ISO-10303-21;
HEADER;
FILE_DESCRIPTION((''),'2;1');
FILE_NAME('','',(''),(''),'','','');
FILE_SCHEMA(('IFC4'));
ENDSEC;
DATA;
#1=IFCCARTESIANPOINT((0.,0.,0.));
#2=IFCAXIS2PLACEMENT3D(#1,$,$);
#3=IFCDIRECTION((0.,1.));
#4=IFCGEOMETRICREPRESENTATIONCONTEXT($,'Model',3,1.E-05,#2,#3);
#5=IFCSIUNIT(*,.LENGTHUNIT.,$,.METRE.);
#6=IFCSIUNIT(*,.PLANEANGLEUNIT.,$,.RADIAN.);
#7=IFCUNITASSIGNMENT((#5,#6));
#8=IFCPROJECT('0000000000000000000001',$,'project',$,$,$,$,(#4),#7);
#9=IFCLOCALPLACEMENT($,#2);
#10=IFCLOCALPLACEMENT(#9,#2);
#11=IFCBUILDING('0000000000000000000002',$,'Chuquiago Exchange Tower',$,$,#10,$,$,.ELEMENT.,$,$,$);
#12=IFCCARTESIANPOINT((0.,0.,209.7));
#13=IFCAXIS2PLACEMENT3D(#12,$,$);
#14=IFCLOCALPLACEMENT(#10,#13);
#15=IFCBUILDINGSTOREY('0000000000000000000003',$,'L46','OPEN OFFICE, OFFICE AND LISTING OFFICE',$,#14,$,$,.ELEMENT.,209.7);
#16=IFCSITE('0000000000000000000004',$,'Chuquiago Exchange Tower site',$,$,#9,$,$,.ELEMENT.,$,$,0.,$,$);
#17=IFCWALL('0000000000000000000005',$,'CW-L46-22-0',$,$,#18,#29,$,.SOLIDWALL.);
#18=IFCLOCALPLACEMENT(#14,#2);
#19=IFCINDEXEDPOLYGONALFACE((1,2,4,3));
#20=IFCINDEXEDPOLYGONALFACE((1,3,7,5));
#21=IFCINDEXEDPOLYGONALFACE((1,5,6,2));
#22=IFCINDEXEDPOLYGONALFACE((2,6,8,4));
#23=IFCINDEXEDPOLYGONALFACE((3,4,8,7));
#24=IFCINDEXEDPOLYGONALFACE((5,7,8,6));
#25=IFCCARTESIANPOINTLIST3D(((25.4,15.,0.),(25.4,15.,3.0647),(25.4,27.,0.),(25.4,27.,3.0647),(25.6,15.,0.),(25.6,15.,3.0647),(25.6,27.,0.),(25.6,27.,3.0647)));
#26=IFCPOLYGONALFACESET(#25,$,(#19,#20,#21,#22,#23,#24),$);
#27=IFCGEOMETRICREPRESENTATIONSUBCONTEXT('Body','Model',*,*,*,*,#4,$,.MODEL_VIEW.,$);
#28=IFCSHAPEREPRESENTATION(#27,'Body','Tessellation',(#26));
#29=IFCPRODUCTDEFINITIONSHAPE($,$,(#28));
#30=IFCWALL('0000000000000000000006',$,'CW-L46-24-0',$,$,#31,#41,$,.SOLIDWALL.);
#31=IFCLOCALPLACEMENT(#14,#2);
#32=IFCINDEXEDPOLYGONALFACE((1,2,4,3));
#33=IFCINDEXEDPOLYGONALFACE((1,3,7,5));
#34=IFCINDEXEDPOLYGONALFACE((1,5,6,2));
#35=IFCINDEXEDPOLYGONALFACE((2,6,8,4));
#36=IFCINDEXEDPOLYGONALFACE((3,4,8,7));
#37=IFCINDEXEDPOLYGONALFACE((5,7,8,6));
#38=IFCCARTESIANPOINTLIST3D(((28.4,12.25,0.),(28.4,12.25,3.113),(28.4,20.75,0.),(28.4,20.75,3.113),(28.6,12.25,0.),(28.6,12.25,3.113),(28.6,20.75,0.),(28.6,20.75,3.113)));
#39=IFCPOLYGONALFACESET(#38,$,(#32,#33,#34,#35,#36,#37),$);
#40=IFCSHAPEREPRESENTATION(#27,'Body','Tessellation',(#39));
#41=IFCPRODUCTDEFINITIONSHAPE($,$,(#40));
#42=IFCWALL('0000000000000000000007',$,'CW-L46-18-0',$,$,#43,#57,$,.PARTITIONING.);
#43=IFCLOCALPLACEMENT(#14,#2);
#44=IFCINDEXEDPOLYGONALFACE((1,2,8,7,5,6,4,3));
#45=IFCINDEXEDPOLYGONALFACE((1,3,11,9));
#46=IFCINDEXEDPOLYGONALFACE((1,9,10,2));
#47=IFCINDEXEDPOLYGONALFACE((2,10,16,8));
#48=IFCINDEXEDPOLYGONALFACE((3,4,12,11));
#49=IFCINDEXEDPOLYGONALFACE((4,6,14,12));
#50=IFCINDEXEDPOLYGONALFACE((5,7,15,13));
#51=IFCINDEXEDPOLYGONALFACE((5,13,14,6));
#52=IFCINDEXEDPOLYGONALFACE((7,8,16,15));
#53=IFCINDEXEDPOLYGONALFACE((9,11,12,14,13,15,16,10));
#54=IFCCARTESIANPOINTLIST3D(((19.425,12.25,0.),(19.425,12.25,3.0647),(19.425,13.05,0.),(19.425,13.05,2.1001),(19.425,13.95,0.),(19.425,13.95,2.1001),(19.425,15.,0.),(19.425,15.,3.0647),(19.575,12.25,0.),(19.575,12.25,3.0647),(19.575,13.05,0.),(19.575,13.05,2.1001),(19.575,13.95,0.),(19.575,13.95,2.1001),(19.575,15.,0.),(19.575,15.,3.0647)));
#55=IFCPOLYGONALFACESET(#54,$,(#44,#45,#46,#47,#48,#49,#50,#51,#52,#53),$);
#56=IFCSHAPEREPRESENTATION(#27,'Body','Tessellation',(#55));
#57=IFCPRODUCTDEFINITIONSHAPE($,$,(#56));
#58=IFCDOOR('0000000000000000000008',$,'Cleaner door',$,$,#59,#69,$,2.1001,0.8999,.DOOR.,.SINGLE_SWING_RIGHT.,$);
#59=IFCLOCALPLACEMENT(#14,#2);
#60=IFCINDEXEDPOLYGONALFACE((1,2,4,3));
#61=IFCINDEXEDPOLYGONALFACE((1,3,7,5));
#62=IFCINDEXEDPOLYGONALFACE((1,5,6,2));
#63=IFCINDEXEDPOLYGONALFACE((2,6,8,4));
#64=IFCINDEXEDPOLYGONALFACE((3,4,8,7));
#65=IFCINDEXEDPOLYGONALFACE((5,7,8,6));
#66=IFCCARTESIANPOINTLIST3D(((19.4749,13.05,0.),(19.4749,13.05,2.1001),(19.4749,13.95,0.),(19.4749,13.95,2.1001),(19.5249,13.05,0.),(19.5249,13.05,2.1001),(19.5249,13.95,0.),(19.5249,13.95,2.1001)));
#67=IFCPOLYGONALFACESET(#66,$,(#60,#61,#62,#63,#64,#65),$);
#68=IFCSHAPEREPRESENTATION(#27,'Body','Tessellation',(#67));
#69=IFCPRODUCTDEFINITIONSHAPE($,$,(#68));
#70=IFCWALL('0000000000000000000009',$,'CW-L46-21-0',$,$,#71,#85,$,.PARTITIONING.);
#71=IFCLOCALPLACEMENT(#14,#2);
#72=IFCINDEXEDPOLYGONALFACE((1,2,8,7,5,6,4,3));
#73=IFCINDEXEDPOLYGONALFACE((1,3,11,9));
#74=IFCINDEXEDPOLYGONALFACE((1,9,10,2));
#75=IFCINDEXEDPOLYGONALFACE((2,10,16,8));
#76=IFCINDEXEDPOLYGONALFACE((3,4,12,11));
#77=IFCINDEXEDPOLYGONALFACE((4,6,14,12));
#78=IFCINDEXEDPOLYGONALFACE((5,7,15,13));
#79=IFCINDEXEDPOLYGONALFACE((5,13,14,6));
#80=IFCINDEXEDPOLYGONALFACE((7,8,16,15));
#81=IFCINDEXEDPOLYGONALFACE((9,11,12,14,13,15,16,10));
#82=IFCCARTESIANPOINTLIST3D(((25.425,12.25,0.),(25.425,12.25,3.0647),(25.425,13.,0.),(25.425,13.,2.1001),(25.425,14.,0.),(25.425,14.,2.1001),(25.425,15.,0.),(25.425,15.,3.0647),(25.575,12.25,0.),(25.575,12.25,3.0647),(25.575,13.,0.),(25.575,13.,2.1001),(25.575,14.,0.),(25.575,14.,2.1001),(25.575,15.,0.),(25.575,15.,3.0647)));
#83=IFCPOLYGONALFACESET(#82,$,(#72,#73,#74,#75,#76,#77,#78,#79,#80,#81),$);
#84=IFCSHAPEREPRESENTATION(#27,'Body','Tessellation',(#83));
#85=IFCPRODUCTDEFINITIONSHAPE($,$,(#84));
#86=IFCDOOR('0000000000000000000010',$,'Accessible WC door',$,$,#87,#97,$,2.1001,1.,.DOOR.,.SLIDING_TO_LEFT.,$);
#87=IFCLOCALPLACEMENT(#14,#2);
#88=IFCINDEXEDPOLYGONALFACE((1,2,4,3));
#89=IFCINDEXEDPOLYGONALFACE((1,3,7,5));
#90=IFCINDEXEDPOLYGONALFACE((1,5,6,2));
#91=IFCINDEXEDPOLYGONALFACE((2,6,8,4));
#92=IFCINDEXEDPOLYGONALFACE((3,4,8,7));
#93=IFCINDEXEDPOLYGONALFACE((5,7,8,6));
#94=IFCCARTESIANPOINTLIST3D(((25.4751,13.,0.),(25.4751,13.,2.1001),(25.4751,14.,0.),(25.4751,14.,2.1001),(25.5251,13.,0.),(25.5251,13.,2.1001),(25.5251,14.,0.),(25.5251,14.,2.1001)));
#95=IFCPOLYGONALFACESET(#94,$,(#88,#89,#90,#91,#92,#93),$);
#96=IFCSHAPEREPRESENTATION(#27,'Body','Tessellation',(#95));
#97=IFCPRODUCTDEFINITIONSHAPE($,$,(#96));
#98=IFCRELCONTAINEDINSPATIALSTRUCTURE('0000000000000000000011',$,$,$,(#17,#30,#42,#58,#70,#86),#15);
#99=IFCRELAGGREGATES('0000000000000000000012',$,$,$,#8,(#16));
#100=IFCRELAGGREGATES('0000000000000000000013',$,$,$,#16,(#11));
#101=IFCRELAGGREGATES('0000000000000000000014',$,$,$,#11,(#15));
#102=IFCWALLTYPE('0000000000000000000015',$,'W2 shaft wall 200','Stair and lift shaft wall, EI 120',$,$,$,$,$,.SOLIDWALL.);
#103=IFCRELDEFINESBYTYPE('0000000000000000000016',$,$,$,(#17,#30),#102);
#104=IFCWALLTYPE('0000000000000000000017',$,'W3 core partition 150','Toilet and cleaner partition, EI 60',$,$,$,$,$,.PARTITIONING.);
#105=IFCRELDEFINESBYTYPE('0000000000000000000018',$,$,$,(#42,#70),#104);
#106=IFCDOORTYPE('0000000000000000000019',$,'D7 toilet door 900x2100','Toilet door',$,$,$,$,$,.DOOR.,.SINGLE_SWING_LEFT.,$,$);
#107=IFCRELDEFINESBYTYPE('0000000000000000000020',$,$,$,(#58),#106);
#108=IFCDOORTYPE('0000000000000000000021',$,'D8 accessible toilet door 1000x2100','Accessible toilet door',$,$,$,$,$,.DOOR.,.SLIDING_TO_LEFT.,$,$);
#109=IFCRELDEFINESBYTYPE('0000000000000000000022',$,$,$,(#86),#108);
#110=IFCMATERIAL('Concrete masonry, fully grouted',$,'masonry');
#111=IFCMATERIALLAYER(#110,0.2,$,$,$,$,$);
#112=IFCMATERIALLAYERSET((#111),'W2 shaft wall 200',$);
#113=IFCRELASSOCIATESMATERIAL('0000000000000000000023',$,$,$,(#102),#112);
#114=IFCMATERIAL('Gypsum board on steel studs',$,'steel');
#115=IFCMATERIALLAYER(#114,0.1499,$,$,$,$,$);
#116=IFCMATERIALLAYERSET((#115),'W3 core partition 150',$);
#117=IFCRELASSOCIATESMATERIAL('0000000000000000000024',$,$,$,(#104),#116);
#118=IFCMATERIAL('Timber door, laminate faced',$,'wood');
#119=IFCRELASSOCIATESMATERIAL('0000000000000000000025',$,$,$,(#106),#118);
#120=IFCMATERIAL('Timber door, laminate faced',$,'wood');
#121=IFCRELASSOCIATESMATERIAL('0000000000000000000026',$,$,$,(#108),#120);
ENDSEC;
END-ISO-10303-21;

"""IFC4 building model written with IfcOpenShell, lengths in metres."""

from ifc_helpers import new_model, si_unit, direction, frame, frame_2d, origin, place, context, subcontext, project, spatial, rectangle, extrude, material, layer, layer_set, type_object, element, fill, save


model = new_model("IFC4")

# Units and contexts
model_context = context("Model", 3, precision=1e-05, world=origin(), true_north=direction((0.0, 1.0)))
body_context = subcontext(model_context, "Body", "Model", "MODEL_VIEW")
ifc_project = project(units=[si_unit("LENGTHUNIT", "METRE"), si_unit("PLANEANGLEUNIT", "RADIAN")], contexts=[model_context])

# Site, building, storey
site_placement = place(None, origin())
site = spatial("IfcSite", under=ifc_project, at=site_placement, Name="Chuquiago Exchange Tower site", CompositionType="ELEMENT", RefElevation=0.0)
building_placement = place(site_placement, origin())
building = spatial("IfcBuilding", under=site, at=building_placement, Name="Chuquiago Exchange Tower", CompositionType="ELEMENT")
storey_placement = place(building_placement, frame((0.0, 0.0, 209.7)))
storey = spatial("IfcBuildingStorey", under=building, at=storey_placement, Name="L46", Description="OPEN OFFICE, OFFICE AND LISTING OFFICE", CompositionType="ELEMENT", Elevation=209.7)

# Shared definitions
ifc_material_1 = material(Name="Concrete masonry, fully grouted", Category="masonry")
ifc_layer_1 = layer(ifc_material_1, 0.2)
ifc_layer_set_1 = layer_set([ifc_layer_1], Name="W2 shaft wall 200")
wall_type_1 = type_object("IfcWallType", Name="W2 shaft wall 200", Description="Stair and lift shaft wall, EI 120", PredefinedType="SOLIDWALL", material=ifc_layer_set_1)

# Walls
wall_1_placement = place(storey_placement, frame((25.5, 15.0, 0.0), z_axis=(0.0, 0.0, 1.0), x_axis=(0.0, 1.0, 0.0)))
element("IfcWall", 1, at=wall_1_placement, inside=storey, type_object=wall_type_1, Name="CW-L46-22-0", PredefinedType="SOLIDWALL", context=body_context, shape_type="SweptSolid", body=[
    extrude(rectangle(XDim=12.0, YDim=0.2, at=frame_2d((6.0, 0.0))), origin(), (0.0, 0.0, 1.0), 3.0647),
])
wall_2_placement = place(storey_placement, frame((28.5, 12.25, 0.0), z_axis=(0.0, 0.0, 1.0), x_axis=(0.0, 1.0, 0.0)))
element("IfcWall", 2, at=wall_2_placement, inside=storey, type_object=wall_type_1, Name="CW-L46-24-0", PredefinedType="SOLIDWALL", context=body_context, shape_type="SweptSolid", body=[
    extrude(rectangle(XDim=8.5, YDim=0.2, at=frame_2d((4.25, 0.0))), origin(), (0.0, 0.0, 1.0), 3.113),
])

# Walls, openings, doors
ifc_material_2 = material(Name="Gypsum board on steel studs", Category="steel")
ifc_layer_2 = layer(ifc_material_2, 0.1499)
ifc_layer_set_2 = layer_set([ifc_layer_2], Name="W3 core partition 150")
wall_type_2 = type_object("IfcWallType", Name="W3 core partition 150", Description="Toilet and cleaner partition, EI 60", PredefinedType="PARTITIONING", material=ifc_layer_set_2)
wall_3_placement = place(storey_placement, frame((19.5, 12.25, 0.0), z_axis=(0.0, 0.0, 1.0), x_axis=(0.0, 1.0, 0.0)))
wall_3 = element("IfcWall", 3, at=wall_3_placement, inside=storey, type_object=wall_type_2, Name="CW-L46-18-0", PredefinedType="PARTITIONING", context=body_context, shape_type="SweptSolid", body=[
    extrude(rectangle(XDim=2.75, YDim=0.1499, at=frame_2d((1.375, 0.0))), origin(), (0.0, 0.0, 1.0), 3.0647),
])
opening_1_placement = place(wall_3_placement, frame((0.8, 0.0, 0.0)))
opening_1 = element("IfcOpeningElement", 4, at=opening_1_placement, cuts=wall_3, PredefinedType="OPENING", context=body_context, shape_type="SweptSolid", body=[
    extrude(rectangle(XDim=0.8999, YDim=2.1001, at=frame_2d((0.45, 1.05))), frame((0.0, 0.085, 0.0), z_axis=(0.0, -1.0, 0.0), x_axis=(1.0, 0.0, 0.0)), (0.0, 0.0, 1.0), 0.1699),
])
ifc_material_3 = material(Name="Timber door, laminate faced", Category="wood")
door_type_1 = type_object("IfcDoorType", Name="D7 toilet door 900x2100", Description="Toilet door", OperationType="SINGLE_SWING_LEFT", PredefinedType="DOOR", material=ifc_material_3)
door_1_placement = place(opening_1_placement, frame((0.8999, 0.0, 0.0), z_axis=(0.0, 0.0, 1.0), x_axis=(-1.0, 0.0, 0.0)))
door_1 = element("IfcDoor", 5, at=door_1_placement, inside=storey, type_object=door_type_1, Name="Cleaner door", OperationType="SINGLE_SWING_RIGHT", OverallHeight=2.1001, OverallWidth=0.8999, PredefinedType="DOOR", context=body_context, shape_type="SweptSolid", body=[
    extrude(rectangle(XDim=0.8999, YDim=2.1001, at=frame_2d((0.45, 1.05))), frame((0.0, 0.0249, 0.0), z_axis=(0.0, -1.0, 0.0), x_axis=(1.0, 0.0, 0.0)), (0.0, 0.0, 1.0), 0.05),
])
fill(opening_1, door_1)
wall_4_placement = place(storey_placement, frame((25.5, 12.25, 0.0), z_axis=(0.0, 0.0, 1.0), x_axis=(0.0, 1.0, 0.0)))
wall_4 = element("IfcWall", 6, at=wall_4_placement, inside=storey, type_object=wall_type_2, Name="CW-L46-21-0", PredefinedType="PARTITIONING", context=body_context, shape_type="SweptSolid", body=[
    extrude(rectangle(XDim=2.75, YDim=0.1499, at=frame_2d((1.375, 0.0))), origin(), (0.0, 0.0, 1.0), 3.0647),
])
opening_2_placement = place(wall_4_placement, frame((0.75, 0.0, 0.0)))
opening_2 = element("IfcOpeningElement", 7, at=opening_2_placement, cuts=wall_4, PredefinedType="OPENING", context=body_context, shape_type="SweptSolid", body=[
    extrude(rectangle(XDim=1.0, YDim=2.1001, at=frame_2d((0.5, 1.05))), frame((0.0, 0.085, 0.0), z_axis=(0.0, -1.0, 0.0), x_axis=(1.0, 0.0, 0.0)), (0.0, 0.0, 1.0), 0.1699),
])
ifc_material_4 = material(Name="Timber door, laminate faced", Category="wood")
door_type_2 = type_object("IfcDoorType", Name="D8 accessible toilet door 1000x2100", Description="Accessible toilet door", OperationType="SLIDING_TO_LEFT", PredefinedType="DOOR", material=ifc_material_4)
door_2_placement = place(opening_2_placement, origin())
door_2 = element("IfcDoor", 8, at=door_2_placement, inside=storey, type_object=door_type_2, Name="Accessible WC door", OperationType="SLIDING_TO_LEFT", OverallHeight=2.1001, OverallWidth=1.0, PredefinedType="DOOR", context=body_context, shape_type="SweptSolid", body=[
    extrude(rectangle(XDim=1.0, YDim=2.1001, at=frame_2d((0.5, 1.05))), frame((0.0, 0.0249, 0.0), z_axis=(0.0, -1.0, 0.0), x_axis=(1.0, 0.0, 0.0)), (0.0, 0.0, 1.0), 0.05),
])
fill(opening_2, door_2)

save(model, "model.ifc")
